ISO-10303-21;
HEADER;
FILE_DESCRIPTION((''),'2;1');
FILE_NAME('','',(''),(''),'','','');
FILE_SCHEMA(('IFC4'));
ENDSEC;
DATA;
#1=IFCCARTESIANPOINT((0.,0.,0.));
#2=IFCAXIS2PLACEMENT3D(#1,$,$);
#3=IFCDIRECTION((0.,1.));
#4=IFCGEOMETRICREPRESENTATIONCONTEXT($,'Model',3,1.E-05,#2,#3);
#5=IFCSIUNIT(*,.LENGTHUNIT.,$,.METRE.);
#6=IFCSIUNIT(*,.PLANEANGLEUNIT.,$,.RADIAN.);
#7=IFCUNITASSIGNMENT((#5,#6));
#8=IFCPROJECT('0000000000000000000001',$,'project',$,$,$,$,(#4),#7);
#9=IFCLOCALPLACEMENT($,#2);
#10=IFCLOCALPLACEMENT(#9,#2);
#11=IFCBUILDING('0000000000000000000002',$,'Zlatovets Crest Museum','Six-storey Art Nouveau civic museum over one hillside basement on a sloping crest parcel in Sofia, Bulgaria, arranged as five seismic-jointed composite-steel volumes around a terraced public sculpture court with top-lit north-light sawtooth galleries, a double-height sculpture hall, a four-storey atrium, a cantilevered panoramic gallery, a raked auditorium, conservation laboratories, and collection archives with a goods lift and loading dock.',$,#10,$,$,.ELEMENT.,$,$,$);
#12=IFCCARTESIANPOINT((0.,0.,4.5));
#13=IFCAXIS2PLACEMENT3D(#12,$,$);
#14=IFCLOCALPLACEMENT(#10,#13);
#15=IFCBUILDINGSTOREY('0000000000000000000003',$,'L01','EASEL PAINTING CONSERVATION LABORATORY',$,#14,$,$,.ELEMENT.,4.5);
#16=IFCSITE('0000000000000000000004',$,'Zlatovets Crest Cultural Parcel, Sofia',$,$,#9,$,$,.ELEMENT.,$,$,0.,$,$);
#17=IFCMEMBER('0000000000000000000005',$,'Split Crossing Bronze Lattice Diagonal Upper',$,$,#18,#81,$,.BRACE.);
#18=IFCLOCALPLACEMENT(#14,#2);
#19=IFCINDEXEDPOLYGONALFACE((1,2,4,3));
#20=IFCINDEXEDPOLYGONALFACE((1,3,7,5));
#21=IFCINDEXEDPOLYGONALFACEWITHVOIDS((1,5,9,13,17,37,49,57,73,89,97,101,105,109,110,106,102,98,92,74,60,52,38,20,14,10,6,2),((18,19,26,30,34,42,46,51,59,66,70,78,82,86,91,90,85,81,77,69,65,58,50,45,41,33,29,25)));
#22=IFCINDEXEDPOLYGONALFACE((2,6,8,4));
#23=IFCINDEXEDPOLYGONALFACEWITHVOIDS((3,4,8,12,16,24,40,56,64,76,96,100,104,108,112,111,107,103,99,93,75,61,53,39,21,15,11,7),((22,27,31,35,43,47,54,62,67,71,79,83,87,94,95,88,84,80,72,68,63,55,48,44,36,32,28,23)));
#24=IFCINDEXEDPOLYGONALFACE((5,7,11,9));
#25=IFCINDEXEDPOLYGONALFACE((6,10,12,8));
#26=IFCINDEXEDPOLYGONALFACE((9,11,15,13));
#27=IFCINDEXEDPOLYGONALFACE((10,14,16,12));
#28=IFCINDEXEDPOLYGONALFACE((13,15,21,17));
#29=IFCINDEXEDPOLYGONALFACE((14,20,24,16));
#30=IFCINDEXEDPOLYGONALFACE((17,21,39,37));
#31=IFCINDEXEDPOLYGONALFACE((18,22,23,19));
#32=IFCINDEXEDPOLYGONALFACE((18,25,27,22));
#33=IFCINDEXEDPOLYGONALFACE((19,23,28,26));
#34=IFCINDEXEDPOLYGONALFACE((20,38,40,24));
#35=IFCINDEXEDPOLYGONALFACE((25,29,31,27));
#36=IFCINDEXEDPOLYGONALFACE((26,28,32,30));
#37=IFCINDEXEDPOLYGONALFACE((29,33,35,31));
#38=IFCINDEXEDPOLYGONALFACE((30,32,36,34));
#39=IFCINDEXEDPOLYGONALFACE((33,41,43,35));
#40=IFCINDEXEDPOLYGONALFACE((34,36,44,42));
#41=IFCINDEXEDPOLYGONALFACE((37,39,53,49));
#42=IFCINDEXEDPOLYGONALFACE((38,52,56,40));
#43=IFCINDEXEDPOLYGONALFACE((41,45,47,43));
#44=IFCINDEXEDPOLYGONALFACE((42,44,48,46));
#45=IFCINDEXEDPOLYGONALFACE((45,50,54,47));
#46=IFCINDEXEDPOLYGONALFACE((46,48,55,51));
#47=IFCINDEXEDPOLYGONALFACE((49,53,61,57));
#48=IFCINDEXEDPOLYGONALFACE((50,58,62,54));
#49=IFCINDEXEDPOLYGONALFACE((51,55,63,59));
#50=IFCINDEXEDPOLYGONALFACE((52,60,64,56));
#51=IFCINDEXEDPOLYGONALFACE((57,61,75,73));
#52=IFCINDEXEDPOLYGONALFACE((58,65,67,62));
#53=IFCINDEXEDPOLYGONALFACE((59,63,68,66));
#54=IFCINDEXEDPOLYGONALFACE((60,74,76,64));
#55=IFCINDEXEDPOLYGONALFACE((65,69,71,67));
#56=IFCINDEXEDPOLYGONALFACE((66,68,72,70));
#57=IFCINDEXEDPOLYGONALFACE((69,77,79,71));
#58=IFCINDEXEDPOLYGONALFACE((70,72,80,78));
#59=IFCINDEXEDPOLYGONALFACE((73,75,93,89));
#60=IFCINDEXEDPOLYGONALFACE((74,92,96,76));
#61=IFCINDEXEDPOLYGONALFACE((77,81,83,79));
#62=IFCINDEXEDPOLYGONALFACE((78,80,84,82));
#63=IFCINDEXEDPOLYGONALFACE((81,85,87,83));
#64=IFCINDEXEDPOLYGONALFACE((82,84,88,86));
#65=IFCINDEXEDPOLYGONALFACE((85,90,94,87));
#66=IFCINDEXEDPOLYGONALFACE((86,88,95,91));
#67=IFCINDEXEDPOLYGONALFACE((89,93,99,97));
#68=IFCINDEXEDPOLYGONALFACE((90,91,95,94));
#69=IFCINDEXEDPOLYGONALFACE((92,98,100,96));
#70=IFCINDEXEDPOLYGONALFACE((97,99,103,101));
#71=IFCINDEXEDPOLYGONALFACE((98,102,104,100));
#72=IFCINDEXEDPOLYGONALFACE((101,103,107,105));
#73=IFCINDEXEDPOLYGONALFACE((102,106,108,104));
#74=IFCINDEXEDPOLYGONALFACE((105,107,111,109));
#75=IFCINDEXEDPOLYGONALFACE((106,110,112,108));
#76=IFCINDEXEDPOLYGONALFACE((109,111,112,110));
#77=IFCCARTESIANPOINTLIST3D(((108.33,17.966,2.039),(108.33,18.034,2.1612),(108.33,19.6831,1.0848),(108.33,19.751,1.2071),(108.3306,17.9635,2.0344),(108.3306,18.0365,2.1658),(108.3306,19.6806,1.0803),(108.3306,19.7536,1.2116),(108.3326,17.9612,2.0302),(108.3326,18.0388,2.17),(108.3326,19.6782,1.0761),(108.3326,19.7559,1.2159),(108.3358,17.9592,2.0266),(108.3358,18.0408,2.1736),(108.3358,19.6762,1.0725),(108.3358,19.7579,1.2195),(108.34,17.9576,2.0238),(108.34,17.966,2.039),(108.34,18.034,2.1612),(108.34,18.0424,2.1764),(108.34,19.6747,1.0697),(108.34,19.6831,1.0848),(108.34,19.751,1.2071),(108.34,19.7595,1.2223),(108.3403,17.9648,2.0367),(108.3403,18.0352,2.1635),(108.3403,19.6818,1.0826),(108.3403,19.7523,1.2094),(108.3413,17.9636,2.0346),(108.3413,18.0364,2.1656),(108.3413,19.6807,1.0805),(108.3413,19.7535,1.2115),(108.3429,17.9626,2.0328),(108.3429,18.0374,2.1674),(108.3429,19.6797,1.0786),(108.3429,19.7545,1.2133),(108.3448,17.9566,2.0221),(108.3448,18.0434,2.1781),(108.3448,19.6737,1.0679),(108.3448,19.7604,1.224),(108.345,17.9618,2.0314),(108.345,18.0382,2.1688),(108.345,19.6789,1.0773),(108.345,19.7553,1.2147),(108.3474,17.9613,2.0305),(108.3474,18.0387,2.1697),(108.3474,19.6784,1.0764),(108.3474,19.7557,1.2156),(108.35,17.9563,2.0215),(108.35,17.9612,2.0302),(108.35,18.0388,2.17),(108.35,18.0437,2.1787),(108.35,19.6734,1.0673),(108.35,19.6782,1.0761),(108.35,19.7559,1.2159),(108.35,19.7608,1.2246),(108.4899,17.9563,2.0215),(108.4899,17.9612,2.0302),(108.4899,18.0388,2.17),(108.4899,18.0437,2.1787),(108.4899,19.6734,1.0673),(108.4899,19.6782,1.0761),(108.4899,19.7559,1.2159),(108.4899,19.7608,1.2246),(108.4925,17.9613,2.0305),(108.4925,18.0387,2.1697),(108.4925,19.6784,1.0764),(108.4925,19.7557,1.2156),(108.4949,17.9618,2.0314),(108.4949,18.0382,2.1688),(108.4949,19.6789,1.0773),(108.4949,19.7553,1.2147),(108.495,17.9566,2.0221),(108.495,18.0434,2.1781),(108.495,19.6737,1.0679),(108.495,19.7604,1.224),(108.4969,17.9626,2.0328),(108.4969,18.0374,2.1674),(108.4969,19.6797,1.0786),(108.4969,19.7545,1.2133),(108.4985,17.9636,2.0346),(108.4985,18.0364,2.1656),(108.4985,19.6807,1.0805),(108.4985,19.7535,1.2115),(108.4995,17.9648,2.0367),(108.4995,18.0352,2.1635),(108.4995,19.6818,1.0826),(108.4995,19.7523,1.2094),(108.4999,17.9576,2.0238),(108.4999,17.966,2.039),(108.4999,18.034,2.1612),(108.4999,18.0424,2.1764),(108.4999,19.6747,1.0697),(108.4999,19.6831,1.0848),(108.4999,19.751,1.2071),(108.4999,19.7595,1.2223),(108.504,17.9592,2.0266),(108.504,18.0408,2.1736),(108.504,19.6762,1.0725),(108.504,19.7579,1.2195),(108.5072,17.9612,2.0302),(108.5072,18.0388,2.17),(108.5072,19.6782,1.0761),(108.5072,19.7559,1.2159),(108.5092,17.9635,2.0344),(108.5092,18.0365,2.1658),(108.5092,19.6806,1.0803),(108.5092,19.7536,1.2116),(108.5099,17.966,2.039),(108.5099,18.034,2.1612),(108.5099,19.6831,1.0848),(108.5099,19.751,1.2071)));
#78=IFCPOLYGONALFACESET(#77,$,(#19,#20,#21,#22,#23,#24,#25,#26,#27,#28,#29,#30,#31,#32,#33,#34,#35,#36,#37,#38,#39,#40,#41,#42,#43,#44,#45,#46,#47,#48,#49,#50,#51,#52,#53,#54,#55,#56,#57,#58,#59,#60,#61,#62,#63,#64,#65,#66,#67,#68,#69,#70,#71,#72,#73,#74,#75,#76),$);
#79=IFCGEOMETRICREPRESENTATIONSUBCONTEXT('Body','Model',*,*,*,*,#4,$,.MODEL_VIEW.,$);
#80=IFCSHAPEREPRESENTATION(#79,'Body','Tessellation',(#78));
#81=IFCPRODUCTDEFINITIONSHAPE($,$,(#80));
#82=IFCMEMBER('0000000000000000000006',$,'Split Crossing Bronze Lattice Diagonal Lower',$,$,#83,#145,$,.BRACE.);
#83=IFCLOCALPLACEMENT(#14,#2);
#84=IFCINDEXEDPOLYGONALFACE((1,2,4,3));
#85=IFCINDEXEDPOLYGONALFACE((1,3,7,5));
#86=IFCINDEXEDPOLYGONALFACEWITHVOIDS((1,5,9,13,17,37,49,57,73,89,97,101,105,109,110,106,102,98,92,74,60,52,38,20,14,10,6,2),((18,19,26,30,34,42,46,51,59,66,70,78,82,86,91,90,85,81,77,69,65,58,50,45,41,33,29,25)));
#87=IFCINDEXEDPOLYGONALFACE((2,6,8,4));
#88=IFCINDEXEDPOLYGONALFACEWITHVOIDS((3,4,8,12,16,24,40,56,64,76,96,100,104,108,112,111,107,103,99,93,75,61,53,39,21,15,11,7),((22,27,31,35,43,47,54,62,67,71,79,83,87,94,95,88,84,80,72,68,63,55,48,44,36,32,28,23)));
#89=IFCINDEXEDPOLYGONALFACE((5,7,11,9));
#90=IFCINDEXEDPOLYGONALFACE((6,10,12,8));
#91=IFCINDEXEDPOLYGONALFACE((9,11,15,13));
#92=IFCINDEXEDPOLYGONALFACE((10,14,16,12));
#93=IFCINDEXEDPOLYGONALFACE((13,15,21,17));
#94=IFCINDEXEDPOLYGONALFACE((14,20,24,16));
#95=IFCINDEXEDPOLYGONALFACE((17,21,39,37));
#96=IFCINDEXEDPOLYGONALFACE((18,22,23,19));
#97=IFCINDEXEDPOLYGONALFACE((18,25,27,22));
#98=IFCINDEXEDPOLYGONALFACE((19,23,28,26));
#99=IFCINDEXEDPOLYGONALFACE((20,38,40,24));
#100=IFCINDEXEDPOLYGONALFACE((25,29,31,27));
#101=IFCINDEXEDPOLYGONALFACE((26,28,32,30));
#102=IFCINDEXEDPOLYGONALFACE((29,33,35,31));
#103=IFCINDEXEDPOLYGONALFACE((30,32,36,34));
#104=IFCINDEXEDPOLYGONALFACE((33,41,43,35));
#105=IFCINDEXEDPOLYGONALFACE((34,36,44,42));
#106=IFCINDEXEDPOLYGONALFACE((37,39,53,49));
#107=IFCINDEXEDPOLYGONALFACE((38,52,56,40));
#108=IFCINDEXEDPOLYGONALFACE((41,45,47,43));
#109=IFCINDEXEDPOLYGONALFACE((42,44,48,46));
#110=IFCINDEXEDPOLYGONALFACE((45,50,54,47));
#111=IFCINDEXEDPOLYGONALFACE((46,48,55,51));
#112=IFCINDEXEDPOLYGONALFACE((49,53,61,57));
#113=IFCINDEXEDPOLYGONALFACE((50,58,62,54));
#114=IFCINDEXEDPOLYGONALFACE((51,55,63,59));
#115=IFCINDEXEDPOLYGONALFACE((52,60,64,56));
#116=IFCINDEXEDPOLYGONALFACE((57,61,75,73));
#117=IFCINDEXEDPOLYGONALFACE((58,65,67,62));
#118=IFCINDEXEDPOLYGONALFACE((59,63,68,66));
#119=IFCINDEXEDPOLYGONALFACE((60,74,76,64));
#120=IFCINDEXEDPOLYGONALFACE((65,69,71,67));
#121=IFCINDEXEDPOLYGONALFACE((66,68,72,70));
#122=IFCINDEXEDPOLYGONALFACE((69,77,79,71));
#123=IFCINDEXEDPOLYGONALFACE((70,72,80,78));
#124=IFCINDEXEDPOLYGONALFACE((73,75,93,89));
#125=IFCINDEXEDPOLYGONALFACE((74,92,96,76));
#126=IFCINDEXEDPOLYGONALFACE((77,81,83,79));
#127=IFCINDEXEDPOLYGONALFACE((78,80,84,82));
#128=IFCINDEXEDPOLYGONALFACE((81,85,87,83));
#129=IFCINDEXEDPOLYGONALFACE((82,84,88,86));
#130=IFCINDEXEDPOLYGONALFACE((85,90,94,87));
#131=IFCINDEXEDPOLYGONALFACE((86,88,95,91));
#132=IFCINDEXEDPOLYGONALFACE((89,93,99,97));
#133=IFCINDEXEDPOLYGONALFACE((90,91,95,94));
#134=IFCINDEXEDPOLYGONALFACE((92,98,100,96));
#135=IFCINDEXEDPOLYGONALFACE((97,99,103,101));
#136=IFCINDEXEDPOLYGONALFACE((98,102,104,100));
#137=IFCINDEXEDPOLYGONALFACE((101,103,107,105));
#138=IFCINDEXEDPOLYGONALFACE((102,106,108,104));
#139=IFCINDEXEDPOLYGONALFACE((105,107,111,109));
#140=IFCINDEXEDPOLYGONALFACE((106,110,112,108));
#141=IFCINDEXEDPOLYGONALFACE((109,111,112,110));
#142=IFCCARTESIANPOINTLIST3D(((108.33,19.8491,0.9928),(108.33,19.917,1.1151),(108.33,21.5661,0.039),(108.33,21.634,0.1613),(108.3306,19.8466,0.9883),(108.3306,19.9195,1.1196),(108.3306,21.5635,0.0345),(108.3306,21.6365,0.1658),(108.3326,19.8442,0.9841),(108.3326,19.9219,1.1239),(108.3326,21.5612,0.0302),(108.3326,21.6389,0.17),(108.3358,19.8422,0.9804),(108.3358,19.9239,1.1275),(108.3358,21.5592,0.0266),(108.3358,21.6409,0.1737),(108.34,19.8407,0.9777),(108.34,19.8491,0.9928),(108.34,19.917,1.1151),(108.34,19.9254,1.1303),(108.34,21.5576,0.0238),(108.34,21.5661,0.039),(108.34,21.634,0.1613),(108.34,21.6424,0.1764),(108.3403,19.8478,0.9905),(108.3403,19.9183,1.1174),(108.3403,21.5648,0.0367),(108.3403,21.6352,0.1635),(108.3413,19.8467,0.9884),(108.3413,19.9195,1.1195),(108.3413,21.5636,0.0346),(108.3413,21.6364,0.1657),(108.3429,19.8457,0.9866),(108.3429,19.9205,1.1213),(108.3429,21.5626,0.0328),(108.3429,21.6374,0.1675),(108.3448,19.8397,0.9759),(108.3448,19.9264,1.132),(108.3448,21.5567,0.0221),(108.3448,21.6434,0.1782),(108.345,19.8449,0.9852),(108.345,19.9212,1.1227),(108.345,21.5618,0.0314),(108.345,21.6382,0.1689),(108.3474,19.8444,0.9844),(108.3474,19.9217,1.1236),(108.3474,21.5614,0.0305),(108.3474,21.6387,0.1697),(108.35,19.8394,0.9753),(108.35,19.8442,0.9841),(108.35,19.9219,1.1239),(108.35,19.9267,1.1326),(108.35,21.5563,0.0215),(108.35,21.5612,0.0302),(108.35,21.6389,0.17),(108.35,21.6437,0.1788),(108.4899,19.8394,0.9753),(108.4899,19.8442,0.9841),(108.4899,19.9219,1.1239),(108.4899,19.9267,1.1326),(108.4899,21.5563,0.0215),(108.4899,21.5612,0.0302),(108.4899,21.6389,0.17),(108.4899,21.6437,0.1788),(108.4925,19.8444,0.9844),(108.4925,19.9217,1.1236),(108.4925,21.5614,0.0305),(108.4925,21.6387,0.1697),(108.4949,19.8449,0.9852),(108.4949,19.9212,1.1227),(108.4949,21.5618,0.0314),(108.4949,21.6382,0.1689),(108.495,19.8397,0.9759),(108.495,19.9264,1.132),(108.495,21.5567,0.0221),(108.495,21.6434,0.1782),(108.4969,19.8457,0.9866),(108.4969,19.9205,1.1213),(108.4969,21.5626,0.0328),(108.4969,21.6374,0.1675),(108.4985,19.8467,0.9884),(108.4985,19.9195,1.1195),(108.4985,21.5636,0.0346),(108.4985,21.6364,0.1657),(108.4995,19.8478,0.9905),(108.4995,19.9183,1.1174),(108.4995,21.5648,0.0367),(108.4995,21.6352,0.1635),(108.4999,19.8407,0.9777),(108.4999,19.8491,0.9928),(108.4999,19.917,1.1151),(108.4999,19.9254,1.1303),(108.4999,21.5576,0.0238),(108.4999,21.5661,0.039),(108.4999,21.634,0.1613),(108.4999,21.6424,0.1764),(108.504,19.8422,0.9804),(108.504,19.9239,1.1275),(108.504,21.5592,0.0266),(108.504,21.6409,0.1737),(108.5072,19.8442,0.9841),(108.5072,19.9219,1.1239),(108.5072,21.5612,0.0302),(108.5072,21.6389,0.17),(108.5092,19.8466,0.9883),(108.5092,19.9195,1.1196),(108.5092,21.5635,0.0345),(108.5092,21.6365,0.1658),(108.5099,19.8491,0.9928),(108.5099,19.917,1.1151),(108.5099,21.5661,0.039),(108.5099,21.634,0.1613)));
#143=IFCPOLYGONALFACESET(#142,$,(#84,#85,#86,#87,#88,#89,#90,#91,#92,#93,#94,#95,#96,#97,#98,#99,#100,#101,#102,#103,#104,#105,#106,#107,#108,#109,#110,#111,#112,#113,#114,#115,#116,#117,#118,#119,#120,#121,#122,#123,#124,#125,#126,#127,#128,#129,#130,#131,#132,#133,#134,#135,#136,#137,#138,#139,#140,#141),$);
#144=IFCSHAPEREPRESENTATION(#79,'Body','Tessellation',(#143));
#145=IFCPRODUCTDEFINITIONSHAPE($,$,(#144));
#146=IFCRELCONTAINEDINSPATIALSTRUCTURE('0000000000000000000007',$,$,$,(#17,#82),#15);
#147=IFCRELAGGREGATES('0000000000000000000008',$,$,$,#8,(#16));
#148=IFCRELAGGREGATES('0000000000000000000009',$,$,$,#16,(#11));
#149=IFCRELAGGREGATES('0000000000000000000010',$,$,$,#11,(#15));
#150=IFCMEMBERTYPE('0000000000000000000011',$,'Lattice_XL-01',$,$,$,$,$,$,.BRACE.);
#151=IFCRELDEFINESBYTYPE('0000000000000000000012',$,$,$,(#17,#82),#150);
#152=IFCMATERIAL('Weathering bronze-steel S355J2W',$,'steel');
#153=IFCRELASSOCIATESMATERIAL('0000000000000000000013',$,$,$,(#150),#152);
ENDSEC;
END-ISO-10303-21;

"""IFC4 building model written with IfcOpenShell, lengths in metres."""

from ifc_helpers import new_model, si_unit, direction, frame, origin, origin_2d, place, context, subcontext, project, spatial, hollow_rectangle, extrude, material, material_profile, profile_set, type_object, element, save


model = new_model("IFC4")

# Units and contexts
model_context = context("Model", 3, precision=1e-05, world=origin(), true_north=direction((0.0, 1.0)))
body_context = subcontext(model_context, "Body", "Model", "MODEL_VIEW")
ifc_project = project(units=[si_unit("LENGTHUNIT", "METRE"), si_unit("PLANEANGLEUNIT", "RADIAN")], contexts=[model_context])

# Site, building, storey
site_placement = place(None, origin())
site = spatial("IfcSite", under=ifc_project, at=site_placement, Name="Zlatovets Crest Cultural Parcel, Sofia", CompositionType="ELEMENT", RefElevation=0.0)
building_placement = place(site_placement, origin())
building = spatial("IfcBuilding", under=site, at=building_placement, Name="Zlatovets Crest Museum", Description="Six-storey Art Nouveau civic museum over one hillside basement on a sloping crest parcel in Sofia, Bulgaria, arranged as five seismic-jointed composite-steel volumes around a terraced public sculpture court with top-lit north-light sawtooth galleries, a double-height sculpture hall, a four-storey atrium, a cantilevered panoramic gallery, a raked auditorium, conservation laboratories, and collection archives with a goods lift and loading dock.", CompositionType="ELEMENT")
storey_placement = place(building_placement, frame((0.0, 0.0, 4.5)))
storey = spatial("IfcBuildingStorey", under=building, at=storey_placement, Name="L01", Description="EASEL PAINTING CONSERVATION LABORATORY", CompositionType="ELEMENT", Elevation=4.5)

# Members
ifc_material_1 = material(Name="Weathering bronze-steel S355J2W", Category="steel")
ifc_material_profile_1 = material_profile(ifc_material_1, hollow_rectangle(XDim=0.1799, YDim=0.1799, WallThickness=0.01, InnerFilletRadius=0.01, OuterFilletRadius=0.02, at=origin_2d()), Name="SHS 180x180x10.0")
ifc_profile_set_1 = profile_set([ifc_material_profile_1], Name="Weathering bronze-steel S355J2W")
member_type_1 = type_object("IfcMemberType", Name="Lattice_XL-01", PredefinedType="BRACE", material=ifc_profile_set_1)
member_1_placement = place(storey_placement, frame((108.4199, 18.0, 2.1001), z_axis=(0.0, 0.874116, -0.485717), x_axis=(-1.0, 0.0, 0.0)))
element("IfcMember", 1, at=member_1_placement, inside=storey, type_object=member_type_1, Name="Split Crossing Bronze Lattice Diagonal Upper", PredefinedType="BRACE", context=body_context, shape_type="SweptSolid", body=[
    extrude(hollow_rectangle(XDim=0.1799, YDim=0.1799, WallThickness=0.01, InnerFilletRadius=0.01, OuterFilletRadius=0.02, at=origin_2d()), origin(), (0.0, 0.0, 1.0), 1.9644),
])
for number, where, z_axis, x_axis, name in (
    (2, (108.4199, 19.8831, 1.054), (0.0, 0.874169, -0.485622), (-1.0, 0.0, 0.0), "Split Crossing Bronze Lattice Diagonal Lower"),
):
    element("IfcMember", number, at=place(storey_placement, frame(where, z_axis=z_axis, x_axis=x_axis)), inside=storey, type_object=member_type_1, Name=name, PredefinedType="BRACE", context=body_context, shape_type="SweptSolid", body=[
        extrude(hollow_rectangle(XDim=0.1799, YDim=0.1799, WallThickness=0.01, InnerFilletRadius=0.01, OuterFilletRadius=0.02, at=origin_2d()), origin(), (0.0, 0.0, 1.0), 1.9641),
    ])

save(model, "model.ifc")
